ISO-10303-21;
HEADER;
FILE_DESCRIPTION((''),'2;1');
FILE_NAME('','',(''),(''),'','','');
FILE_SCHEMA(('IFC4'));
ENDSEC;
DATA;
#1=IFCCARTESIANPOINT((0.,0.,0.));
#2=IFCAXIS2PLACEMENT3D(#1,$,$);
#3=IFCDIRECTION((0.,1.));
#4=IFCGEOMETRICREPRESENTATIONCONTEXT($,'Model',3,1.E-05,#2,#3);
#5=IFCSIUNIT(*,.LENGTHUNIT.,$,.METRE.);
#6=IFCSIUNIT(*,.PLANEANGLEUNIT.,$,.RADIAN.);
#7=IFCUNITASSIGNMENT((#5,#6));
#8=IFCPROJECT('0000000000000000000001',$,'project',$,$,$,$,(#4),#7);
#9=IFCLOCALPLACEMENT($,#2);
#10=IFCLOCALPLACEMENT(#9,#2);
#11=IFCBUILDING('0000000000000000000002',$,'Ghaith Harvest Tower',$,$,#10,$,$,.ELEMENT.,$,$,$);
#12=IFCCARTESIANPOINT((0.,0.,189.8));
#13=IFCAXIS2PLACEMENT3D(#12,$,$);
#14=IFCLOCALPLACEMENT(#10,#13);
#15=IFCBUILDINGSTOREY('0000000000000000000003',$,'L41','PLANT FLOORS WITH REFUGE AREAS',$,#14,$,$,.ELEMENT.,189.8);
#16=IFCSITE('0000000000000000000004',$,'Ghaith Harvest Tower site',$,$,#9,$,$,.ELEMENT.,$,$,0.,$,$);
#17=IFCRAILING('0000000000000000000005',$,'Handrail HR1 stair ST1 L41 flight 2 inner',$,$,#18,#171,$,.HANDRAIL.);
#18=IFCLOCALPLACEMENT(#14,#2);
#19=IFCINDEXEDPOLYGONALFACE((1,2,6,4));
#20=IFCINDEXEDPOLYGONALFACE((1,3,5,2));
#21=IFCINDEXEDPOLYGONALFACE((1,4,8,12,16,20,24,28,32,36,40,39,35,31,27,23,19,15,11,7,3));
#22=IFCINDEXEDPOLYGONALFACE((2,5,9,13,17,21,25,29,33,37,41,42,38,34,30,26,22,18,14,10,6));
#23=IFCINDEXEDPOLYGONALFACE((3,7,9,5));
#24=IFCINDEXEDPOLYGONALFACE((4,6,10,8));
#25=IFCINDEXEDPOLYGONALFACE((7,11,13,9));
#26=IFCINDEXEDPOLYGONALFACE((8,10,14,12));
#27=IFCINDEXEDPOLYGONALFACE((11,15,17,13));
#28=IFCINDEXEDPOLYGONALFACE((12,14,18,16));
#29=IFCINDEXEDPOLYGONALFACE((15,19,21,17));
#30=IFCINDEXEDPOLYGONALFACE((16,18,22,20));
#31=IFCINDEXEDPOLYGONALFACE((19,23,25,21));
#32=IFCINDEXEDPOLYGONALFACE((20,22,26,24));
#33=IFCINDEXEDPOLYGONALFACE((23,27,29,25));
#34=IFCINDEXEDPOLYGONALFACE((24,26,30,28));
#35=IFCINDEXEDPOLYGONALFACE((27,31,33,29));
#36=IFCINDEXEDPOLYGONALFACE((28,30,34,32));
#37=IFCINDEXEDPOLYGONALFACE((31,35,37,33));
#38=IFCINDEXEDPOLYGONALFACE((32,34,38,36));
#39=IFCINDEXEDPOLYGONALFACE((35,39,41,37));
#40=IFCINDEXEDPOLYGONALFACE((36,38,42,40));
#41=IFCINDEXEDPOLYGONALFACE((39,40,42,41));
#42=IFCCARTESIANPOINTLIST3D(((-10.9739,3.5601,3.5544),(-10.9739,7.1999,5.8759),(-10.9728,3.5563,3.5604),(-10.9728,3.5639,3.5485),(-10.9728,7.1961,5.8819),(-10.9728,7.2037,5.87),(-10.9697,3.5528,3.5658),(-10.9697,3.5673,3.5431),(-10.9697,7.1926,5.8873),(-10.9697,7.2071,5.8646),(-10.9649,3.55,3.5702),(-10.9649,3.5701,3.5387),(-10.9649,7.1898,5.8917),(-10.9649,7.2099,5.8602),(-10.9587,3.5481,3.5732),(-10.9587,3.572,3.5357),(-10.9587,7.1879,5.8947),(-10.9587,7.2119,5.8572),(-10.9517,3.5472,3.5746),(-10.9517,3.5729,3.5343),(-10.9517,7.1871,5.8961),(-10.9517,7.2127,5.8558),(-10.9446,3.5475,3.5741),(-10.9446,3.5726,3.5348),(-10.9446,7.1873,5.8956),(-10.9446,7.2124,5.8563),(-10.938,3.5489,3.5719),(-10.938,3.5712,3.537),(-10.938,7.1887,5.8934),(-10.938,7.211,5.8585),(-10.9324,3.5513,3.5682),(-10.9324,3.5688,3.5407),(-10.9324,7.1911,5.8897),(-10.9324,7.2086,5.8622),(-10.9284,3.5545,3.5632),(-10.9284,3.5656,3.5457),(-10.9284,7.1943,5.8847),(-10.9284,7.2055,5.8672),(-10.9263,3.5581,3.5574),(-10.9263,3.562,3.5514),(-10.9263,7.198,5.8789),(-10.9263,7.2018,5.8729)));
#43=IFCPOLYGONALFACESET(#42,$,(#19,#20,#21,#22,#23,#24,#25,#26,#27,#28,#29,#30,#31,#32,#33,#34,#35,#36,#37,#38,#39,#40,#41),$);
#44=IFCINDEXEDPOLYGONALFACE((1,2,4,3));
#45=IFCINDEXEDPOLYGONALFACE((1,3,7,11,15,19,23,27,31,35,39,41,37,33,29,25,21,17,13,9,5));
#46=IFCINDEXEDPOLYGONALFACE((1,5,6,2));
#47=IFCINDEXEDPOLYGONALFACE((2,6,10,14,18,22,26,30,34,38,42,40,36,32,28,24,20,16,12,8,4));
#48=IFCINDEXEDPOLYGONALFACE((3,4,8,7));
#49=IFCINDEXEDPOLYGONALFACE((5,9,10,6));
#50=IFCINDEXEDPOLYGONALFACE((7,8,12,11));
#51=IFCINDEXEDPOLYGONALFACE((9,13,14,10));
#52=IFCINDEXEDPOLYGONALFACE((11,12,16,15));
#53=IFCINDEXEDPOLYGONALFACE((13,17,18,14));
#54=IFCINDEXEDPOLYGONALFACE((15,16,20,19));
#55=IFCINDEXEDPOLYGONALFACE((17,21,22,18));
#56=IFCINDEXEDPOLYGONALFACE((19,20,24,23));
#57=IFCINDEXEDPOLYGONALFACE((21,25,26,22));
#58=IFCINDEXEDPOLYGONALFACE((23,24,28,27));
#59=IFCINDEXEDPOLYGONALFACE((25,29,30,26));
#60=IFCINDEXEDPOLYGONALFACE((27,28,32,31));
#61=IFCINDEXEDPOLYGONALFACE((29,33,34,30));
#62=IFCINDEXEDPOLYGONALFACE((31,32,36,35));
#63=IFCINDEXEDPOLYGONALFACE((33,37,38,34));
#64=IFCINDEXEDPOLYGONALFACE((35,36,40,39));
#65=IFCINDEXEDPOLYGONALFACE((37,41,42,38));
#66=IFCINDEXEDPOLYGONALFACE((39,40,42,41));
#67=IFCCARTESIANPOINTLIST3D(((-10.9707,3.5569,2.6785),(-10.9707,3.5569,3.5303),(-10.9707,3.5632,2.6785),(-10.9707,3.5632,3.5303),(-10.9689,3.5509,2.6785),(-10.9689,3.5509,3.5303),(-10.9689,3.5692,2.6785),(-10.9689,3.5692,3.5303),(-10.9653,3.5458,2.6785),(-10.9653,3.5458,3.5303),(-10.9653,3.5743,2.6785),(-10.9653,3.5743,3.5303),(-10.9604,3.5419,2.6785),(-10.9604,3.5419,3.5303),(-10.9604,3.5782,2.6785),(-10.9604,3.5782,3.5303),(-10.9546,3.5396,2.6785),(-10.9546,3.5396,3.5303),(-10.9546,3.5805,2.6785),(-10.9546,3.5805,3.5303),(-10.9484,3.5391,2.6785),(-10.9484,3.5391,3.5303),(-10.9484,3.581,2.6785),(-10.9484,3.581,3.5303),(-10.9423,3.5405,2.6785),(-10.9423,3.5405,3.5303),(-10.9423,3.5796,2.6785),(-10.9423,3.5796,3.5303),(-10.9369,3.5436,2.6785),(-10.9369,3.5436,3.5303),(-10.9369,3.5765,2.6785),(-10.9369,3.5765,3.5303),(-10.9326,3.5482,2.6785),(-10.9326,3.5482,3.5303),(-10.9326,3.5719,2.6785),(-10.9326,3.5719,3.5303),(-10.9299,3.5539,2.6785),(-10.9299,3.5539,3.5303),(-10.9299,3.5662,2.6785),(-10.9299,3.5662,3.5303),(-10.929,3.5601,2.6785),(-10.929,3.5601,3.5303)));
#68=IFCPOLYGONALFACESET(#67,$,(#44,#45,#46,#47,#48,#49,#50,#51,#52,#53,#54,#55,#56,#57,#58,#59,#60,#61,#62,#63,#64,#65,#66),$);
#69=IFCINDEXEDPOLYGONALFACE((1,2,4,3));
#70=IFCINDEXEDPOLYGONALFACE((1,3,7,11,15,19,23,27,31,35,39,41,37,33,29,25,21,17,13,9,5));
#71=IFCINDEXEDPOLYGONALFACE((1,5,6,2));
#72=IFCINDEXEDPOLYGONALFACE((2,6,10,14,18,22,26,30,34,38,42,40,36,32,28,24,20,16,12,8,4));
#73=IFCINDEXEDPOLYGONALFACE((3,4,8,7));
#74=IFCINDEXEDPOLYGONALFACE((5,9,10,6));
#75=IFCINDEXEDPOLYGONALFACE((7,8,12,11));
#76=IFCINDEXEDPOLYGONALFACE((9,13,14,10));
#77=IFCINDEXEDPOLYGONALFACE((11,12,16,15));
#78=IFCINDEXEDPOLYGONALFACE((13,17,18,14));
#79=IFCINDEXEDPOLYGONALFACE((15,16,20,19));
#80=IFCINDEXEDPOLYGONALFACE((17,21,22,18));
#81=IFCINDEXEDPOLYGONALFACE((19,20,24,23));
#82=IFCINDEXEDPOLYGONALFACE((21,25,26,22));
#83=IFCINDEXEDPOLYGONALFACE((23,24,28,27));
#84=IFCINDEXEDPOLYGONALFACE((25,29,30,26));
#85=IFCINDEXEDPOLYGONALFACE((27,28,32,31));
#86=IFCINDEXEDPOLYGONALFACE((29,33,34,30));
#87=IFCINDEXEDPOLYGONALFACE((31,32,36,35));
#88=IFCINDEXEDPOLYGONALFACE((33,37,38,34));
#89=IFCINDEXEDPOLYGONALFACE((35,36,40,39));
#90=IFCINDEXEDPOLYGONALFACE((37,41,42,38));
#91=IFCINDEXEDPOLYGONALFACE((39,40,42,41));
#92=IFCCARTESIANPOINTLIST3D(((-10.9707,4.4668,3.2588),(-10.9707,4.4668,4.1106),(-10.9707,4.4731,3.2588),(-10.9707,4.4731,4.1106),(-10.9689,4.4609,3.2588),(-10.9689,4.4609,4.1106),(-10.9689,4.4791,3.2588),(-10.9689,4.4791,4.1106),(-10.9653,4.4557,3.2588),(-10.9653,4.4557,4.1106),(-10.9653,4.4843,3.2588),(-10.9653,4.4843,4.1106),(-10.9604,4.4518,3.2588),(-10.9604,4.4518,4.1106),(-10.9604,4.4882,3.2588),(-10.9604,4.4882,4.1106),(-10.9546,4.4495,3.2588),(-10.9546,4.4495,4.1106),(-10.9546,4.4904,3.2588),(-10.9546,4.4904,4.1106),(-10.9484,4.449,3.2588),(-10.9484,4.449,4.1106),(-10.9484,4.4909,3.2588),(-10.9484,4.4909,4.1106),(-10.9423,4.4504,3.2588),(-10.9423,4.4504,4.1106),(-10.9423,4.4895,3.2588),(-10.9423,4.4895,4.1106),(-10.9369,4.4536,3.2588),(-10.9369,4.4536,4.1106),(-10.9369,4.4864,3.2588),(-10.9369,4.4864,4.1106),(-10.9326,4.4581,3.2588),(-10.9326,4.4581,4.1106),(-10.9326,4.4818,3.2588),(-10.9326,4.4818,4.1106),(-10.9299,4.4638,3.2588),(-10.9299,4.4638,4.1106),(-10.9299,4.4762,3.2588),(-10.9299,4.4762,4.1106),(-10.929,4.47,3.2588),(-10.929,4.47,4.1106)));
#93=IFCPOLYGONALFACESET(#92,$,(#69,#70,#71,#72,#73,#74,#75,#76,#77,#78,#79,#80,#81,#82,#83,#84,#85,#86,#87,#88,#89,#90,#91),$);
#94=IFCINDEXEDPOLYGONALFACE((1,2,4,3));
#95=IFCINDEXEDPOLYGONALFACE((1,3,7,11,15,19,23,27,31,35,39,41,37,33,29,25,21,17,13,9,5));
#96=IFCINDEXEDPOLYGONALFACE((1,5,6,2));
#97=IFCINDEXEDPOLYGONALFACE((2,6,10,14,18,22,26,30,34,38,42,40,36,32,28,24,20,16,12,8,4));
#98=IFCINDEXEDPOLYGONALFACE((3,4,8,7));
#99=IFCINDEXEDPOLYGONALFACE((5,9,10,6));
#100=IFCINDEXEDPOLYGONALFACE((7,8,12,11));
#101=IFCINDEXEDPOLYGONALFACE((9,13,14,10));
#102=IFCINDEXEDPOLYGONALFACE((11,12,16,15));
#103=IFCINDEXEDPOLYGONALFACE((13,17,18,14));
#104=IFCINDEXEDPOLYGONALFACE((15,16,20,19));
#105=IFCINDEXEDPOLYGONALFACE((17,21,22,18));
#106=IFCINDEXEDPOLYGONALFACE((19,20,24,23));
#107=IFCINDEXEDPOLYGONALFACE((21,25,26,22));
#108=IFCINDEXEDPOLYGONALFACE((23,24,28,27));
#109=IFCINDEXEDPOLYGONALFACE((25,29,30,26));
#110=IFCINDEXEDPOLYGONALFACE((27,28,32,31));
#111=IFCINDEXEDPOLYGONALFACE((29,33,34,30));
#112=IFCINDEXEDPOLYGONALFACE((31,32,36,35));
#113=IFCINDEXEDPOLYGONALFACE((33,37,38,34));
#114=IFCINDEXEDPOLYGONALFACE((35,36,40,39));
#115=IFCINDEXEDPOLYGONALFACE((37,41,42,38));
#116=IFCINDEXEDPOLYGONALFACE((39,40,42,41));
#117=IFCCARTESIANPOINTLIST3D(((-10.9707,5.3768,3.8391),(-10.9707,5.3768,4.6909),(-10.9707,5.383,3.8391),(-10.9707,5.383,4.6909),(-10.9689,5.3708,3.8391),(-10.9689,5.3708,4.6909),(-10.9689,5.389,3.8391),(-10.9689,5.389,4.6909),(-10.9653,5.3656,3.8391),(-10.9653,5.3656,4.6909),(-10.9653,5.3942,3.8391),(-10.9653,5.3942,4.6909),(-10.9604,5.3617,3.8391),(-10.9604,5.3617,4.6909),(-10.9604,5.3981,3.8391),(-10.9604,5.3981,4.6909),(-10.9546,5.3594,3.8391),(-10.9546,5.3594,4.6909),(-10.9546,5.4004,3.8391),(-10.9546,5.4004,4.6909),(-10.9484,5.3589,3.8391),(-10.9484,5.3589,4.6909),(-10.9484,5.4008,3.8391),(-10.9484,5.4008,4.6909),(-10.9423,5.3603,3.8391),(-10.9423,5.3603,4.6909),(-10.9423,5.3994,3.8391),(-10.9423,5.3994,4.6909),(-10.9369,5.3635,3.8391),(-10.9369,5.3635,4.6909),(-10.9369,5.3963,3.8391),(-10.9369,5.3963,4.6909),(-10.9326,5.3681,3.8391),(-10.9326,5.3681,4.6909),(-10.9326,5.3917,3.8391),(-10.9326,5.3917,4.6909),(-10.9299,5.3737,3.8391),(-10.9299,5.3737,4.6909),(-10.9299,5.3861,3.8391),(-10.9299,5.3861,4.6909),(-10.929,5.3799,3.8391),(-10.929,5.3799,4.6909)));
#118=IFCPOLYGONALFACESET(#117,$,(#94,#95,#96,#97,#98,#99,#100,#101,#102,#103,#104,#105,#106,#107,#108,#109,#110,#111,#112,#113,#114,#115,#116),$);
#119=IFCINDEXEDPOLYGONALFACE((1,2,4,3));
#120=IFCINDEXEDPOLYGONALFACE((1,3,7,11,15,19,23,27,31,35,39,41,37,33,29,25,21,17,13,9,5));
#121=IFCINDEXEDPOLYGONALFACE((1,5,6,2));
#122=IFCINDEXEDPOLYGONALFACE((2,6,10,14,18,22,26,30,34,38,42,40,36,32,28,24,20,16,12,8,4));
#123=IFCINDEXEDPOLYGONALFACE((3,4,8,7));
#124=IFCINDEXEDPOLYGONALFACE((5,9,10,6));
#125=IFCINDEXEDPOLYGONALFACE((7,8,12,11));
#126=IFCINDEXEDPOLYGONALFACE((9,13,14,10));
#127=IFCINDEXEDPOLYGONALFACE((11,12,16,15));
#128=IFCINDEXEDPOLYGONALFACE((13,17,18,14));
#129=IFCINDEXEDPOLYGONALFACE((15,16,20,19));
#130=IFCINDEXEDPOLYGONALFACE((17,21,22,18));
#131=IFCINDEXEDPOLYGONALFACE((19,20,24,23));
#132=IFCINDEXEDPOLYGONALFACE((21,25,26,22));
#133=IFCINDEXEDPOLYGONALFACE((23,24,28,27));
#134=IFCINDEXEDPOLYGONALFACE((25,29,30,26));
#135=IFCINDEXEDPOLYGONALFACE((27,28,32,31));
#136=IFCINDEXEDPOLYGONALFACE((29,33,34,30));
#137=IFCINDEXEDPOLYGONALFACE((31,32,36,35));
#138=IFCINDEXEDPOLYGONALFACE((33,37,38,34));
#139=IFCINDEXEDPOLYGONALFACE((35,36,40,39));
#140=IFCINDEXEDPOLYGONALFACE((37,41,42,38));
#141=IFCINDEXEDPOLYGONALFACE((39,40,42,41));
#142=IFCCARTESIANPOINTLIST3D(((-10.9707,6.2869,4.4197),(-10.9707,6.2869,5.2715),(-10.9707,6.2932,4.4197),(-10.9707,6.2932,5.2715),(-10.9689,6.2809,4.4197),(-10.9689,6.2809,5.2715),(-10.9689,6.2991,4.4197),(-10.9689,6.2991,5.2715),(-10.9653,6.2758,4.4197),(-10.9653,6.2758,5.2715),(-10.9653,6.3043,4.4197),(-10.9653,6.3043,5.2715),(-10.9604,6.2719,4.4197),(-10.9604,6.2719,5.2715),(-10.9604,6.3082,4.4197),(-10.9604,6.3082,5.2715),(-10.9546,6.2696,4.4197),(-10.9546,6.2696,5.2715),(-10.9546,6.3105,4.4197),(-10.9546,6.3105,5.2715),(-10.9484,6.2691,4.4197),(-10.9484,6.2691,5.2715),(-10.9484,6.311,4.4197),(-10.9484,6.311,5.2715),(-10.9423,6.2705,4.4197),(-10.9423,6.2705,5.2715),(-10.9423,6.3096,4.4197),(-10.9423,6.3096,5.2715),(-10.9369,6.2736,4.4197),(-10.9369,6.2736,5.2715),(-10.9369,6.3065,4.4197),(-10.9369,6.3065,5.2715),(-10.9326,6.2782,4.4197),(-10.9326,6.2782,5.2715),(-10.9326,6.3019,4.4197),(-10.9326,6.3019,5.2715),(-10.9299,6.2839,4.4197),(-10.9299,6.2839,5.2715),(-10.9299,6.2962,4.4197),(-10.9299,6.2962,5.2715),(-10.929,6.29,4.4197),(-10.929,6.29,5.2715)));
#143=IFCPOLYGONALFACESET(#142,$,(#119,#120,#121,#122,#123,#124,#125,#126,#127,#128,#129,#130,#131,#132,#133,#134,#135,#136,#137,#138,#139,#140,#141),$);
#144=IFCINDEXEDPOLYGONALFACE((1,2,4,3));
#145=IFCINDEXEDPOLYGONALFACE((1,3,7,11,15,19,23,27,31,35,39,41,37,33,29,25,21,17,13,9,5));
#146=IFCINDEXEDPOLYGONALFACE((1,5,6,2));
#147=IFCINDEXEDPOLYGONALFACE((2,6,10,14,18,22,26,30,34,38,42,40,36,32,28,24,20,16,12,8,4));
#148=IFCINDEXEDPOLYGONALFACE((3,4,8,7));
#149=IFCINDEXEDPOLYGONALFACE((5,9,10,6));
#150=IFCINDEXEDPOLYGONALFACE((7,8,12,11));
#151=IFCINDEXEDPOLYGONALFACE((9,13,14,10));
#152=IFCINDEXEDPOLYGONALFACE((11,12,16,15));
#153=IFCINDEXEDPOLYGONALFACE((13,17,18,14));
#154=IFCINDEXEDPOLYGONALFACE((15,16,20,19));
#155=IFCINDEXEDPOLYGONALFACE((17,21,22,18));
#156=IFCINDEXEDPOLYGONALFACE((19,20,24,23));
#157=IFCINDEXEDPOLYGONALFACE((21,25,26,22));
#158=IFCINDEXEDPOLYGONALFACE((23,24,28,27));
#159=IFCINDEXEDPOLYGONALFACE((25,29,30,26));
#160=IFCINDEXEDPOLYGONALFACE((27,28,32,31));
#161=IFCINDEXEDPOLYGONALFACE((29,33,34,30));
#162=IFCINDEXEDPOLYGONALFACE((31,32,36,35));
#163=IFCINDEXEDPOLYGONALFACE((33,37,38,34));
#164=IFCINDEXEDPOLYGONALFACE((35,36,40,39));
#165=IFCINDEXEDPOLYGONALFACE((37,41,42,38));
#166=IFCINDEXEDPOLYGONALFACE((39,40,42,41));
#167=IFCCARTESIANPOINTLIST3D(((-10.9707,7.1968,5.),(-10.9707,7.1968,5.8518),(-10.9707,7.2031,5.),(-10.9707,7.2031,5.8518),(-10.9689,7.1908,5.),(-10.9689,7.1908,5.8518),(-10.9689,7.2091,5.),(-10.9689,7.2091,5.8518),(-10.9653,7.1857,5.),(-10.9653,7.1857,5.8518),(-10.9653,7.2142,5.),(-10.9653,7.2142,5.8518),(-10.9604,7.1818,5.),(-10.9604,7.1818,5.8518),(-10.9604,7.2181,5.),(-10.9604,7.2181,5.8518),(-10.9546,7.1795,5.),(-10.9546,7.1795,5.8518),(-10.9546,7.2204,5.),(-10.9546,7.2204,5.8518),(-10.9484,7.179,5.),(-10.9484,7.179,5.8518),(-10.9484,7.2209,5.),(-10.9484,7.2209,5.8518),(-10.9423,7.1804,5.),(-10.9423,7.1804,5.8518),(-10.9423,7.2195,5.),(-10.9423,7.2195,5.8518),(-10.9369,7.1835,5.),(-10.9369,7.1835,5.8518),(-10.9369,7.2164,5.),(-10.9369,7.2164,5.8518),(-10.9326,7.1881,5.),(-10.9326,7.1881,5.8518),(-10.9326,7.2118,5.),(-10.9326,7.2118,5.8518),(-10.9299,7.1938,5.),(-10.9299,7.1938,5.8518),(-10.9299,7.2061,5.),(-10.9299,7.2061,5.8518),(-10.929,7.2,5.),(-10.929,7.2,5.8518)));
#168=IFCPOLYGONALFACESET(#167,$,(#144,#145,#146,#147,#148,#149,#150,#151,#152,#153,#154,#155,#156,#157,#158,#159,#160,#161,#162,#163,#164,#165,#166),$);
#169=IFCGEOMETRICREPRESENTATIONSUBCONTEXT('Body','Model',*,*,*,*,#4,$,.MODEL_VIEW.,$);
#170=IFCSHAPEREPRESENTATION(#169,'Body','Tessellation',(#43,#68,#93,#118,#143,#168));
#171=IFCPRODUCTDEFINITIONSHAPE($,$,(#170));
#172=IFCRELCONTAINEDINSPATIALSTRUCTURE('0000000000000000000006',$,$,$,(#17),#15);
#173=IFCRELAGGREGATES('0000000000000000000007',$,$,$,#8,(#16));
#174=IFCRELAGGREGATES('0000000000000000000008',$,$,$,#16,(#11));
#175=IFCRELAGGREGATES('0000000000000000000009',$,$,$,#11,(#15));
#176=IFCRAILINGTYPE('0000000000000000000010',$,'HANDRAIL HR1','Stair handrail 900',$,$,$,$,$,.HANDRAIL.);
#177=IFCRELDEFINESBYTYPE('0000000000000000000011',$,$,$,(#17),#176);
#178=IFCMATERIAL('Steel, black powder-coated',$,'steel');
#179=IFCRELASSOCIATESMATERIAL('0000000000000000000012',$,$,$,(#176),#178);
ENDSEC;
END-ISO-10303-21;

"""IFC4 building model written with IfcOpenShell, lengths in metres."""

from ifc_helpers import new_model, si_unit, direction, frame, origin, origin_2d, place, context, subcontext, project, spatial, circle, extrude, material, type_object, element, save


model = new_model("IFC4")

# Units and contexts
model_context = context("Model", 3, precision=1e-05, world=origin(), true_north=direction((0.0, 1.0)))
body_context = subcontext(model_context, "Body", "Model", "MODEL_VIEW")
ifc_project = project(units=[si_unit("LENGTHUNIT", "METRE"), si_unit("PLANEANGLEUNIT", "RADIAN")], contexts=[model_context])

# Site, building, storey
site_placement = place(None, origin())
site = spatial("IfcSite", under=ifc_project, at=site_placement, Name="Ghaith Harvest Tower site", CompositionType="ELEMENT", RefElevation=0.0)
building_placement = place(site_placement, origin())
building = spatial("IfcBuilding", under=site, at=building_placement, Name="Ghaith Harvest Tower", CompositionType="ELEMENT")
storey_placement = place(building_placement, frame((0.0, 0.0, 189.8)))
storey = spatial("IfcBuildingStorey", under=building, at=storey_placement, Name="L41", Description="PLANT FLOORS WITH REFUGE AREAS", CompositionType="ELEMENT", Elevation=189.8)

# Railing
ifc_material_1 = material(Name="Steel, black powder-coated", Category="steel")
railing_type = type_object("IfcRailingType", Name="HANDRAIL HR1", Description="Stair handrail 900", PredefinedType="HANDRAIL", material=ifc_material_1)
railing_1_placement = place(storey_placement, frame((-10.95, 3.5601, 2.6785)))
element("IfcRailing", 1, at=railing_1_placement, inside=storey, type_object=railing_type, Name="Handrail HR1 stair ST1 L41 flight 2 inner", PredefinedType="HANDRAIL", context=body_context, shape_type="SweptSolid", body=[
    extrude(circle(Radius=0.0239, at=origin_2d()), frame((0.0, 0.0, 0.876), z_axis=(0.0, 0.843112, 0.537739), x_axis=(-1.0, 0.0, 0.0)), (0.0, 0.0, 1.0), 4.3171),
    extrude(circle(Radius=0.021, at=origin_2d()), origin(), (0.0, 0.0, 1.0), 0.8518),
    extrude(circle(Radius=0.021, at=origin_2d()), frame((0.0, 0.9099, 0.5803)), (0.0, 0.0, 1.0), 0.8518),
    extrude(circle(Radius=0.021, at=origin_2d()), frame((0.0, 1.8198, 1.1606)), (0.0, 0.0, 1.0), 0.8518),
    extrude(circle(Radius=0.021, at=origin_2d()), frame((0.0, 2.73, 1.7412)), (0.0, 0.0, 1.0), 0.8518),
    extrude(circle(Radius=0.021, at=origin_2d()), frame((0.0, 3.6399, 2.3215)), (0.0, 0.0, 1.0), 0.8518),
])

save(model, "model.ifc")
